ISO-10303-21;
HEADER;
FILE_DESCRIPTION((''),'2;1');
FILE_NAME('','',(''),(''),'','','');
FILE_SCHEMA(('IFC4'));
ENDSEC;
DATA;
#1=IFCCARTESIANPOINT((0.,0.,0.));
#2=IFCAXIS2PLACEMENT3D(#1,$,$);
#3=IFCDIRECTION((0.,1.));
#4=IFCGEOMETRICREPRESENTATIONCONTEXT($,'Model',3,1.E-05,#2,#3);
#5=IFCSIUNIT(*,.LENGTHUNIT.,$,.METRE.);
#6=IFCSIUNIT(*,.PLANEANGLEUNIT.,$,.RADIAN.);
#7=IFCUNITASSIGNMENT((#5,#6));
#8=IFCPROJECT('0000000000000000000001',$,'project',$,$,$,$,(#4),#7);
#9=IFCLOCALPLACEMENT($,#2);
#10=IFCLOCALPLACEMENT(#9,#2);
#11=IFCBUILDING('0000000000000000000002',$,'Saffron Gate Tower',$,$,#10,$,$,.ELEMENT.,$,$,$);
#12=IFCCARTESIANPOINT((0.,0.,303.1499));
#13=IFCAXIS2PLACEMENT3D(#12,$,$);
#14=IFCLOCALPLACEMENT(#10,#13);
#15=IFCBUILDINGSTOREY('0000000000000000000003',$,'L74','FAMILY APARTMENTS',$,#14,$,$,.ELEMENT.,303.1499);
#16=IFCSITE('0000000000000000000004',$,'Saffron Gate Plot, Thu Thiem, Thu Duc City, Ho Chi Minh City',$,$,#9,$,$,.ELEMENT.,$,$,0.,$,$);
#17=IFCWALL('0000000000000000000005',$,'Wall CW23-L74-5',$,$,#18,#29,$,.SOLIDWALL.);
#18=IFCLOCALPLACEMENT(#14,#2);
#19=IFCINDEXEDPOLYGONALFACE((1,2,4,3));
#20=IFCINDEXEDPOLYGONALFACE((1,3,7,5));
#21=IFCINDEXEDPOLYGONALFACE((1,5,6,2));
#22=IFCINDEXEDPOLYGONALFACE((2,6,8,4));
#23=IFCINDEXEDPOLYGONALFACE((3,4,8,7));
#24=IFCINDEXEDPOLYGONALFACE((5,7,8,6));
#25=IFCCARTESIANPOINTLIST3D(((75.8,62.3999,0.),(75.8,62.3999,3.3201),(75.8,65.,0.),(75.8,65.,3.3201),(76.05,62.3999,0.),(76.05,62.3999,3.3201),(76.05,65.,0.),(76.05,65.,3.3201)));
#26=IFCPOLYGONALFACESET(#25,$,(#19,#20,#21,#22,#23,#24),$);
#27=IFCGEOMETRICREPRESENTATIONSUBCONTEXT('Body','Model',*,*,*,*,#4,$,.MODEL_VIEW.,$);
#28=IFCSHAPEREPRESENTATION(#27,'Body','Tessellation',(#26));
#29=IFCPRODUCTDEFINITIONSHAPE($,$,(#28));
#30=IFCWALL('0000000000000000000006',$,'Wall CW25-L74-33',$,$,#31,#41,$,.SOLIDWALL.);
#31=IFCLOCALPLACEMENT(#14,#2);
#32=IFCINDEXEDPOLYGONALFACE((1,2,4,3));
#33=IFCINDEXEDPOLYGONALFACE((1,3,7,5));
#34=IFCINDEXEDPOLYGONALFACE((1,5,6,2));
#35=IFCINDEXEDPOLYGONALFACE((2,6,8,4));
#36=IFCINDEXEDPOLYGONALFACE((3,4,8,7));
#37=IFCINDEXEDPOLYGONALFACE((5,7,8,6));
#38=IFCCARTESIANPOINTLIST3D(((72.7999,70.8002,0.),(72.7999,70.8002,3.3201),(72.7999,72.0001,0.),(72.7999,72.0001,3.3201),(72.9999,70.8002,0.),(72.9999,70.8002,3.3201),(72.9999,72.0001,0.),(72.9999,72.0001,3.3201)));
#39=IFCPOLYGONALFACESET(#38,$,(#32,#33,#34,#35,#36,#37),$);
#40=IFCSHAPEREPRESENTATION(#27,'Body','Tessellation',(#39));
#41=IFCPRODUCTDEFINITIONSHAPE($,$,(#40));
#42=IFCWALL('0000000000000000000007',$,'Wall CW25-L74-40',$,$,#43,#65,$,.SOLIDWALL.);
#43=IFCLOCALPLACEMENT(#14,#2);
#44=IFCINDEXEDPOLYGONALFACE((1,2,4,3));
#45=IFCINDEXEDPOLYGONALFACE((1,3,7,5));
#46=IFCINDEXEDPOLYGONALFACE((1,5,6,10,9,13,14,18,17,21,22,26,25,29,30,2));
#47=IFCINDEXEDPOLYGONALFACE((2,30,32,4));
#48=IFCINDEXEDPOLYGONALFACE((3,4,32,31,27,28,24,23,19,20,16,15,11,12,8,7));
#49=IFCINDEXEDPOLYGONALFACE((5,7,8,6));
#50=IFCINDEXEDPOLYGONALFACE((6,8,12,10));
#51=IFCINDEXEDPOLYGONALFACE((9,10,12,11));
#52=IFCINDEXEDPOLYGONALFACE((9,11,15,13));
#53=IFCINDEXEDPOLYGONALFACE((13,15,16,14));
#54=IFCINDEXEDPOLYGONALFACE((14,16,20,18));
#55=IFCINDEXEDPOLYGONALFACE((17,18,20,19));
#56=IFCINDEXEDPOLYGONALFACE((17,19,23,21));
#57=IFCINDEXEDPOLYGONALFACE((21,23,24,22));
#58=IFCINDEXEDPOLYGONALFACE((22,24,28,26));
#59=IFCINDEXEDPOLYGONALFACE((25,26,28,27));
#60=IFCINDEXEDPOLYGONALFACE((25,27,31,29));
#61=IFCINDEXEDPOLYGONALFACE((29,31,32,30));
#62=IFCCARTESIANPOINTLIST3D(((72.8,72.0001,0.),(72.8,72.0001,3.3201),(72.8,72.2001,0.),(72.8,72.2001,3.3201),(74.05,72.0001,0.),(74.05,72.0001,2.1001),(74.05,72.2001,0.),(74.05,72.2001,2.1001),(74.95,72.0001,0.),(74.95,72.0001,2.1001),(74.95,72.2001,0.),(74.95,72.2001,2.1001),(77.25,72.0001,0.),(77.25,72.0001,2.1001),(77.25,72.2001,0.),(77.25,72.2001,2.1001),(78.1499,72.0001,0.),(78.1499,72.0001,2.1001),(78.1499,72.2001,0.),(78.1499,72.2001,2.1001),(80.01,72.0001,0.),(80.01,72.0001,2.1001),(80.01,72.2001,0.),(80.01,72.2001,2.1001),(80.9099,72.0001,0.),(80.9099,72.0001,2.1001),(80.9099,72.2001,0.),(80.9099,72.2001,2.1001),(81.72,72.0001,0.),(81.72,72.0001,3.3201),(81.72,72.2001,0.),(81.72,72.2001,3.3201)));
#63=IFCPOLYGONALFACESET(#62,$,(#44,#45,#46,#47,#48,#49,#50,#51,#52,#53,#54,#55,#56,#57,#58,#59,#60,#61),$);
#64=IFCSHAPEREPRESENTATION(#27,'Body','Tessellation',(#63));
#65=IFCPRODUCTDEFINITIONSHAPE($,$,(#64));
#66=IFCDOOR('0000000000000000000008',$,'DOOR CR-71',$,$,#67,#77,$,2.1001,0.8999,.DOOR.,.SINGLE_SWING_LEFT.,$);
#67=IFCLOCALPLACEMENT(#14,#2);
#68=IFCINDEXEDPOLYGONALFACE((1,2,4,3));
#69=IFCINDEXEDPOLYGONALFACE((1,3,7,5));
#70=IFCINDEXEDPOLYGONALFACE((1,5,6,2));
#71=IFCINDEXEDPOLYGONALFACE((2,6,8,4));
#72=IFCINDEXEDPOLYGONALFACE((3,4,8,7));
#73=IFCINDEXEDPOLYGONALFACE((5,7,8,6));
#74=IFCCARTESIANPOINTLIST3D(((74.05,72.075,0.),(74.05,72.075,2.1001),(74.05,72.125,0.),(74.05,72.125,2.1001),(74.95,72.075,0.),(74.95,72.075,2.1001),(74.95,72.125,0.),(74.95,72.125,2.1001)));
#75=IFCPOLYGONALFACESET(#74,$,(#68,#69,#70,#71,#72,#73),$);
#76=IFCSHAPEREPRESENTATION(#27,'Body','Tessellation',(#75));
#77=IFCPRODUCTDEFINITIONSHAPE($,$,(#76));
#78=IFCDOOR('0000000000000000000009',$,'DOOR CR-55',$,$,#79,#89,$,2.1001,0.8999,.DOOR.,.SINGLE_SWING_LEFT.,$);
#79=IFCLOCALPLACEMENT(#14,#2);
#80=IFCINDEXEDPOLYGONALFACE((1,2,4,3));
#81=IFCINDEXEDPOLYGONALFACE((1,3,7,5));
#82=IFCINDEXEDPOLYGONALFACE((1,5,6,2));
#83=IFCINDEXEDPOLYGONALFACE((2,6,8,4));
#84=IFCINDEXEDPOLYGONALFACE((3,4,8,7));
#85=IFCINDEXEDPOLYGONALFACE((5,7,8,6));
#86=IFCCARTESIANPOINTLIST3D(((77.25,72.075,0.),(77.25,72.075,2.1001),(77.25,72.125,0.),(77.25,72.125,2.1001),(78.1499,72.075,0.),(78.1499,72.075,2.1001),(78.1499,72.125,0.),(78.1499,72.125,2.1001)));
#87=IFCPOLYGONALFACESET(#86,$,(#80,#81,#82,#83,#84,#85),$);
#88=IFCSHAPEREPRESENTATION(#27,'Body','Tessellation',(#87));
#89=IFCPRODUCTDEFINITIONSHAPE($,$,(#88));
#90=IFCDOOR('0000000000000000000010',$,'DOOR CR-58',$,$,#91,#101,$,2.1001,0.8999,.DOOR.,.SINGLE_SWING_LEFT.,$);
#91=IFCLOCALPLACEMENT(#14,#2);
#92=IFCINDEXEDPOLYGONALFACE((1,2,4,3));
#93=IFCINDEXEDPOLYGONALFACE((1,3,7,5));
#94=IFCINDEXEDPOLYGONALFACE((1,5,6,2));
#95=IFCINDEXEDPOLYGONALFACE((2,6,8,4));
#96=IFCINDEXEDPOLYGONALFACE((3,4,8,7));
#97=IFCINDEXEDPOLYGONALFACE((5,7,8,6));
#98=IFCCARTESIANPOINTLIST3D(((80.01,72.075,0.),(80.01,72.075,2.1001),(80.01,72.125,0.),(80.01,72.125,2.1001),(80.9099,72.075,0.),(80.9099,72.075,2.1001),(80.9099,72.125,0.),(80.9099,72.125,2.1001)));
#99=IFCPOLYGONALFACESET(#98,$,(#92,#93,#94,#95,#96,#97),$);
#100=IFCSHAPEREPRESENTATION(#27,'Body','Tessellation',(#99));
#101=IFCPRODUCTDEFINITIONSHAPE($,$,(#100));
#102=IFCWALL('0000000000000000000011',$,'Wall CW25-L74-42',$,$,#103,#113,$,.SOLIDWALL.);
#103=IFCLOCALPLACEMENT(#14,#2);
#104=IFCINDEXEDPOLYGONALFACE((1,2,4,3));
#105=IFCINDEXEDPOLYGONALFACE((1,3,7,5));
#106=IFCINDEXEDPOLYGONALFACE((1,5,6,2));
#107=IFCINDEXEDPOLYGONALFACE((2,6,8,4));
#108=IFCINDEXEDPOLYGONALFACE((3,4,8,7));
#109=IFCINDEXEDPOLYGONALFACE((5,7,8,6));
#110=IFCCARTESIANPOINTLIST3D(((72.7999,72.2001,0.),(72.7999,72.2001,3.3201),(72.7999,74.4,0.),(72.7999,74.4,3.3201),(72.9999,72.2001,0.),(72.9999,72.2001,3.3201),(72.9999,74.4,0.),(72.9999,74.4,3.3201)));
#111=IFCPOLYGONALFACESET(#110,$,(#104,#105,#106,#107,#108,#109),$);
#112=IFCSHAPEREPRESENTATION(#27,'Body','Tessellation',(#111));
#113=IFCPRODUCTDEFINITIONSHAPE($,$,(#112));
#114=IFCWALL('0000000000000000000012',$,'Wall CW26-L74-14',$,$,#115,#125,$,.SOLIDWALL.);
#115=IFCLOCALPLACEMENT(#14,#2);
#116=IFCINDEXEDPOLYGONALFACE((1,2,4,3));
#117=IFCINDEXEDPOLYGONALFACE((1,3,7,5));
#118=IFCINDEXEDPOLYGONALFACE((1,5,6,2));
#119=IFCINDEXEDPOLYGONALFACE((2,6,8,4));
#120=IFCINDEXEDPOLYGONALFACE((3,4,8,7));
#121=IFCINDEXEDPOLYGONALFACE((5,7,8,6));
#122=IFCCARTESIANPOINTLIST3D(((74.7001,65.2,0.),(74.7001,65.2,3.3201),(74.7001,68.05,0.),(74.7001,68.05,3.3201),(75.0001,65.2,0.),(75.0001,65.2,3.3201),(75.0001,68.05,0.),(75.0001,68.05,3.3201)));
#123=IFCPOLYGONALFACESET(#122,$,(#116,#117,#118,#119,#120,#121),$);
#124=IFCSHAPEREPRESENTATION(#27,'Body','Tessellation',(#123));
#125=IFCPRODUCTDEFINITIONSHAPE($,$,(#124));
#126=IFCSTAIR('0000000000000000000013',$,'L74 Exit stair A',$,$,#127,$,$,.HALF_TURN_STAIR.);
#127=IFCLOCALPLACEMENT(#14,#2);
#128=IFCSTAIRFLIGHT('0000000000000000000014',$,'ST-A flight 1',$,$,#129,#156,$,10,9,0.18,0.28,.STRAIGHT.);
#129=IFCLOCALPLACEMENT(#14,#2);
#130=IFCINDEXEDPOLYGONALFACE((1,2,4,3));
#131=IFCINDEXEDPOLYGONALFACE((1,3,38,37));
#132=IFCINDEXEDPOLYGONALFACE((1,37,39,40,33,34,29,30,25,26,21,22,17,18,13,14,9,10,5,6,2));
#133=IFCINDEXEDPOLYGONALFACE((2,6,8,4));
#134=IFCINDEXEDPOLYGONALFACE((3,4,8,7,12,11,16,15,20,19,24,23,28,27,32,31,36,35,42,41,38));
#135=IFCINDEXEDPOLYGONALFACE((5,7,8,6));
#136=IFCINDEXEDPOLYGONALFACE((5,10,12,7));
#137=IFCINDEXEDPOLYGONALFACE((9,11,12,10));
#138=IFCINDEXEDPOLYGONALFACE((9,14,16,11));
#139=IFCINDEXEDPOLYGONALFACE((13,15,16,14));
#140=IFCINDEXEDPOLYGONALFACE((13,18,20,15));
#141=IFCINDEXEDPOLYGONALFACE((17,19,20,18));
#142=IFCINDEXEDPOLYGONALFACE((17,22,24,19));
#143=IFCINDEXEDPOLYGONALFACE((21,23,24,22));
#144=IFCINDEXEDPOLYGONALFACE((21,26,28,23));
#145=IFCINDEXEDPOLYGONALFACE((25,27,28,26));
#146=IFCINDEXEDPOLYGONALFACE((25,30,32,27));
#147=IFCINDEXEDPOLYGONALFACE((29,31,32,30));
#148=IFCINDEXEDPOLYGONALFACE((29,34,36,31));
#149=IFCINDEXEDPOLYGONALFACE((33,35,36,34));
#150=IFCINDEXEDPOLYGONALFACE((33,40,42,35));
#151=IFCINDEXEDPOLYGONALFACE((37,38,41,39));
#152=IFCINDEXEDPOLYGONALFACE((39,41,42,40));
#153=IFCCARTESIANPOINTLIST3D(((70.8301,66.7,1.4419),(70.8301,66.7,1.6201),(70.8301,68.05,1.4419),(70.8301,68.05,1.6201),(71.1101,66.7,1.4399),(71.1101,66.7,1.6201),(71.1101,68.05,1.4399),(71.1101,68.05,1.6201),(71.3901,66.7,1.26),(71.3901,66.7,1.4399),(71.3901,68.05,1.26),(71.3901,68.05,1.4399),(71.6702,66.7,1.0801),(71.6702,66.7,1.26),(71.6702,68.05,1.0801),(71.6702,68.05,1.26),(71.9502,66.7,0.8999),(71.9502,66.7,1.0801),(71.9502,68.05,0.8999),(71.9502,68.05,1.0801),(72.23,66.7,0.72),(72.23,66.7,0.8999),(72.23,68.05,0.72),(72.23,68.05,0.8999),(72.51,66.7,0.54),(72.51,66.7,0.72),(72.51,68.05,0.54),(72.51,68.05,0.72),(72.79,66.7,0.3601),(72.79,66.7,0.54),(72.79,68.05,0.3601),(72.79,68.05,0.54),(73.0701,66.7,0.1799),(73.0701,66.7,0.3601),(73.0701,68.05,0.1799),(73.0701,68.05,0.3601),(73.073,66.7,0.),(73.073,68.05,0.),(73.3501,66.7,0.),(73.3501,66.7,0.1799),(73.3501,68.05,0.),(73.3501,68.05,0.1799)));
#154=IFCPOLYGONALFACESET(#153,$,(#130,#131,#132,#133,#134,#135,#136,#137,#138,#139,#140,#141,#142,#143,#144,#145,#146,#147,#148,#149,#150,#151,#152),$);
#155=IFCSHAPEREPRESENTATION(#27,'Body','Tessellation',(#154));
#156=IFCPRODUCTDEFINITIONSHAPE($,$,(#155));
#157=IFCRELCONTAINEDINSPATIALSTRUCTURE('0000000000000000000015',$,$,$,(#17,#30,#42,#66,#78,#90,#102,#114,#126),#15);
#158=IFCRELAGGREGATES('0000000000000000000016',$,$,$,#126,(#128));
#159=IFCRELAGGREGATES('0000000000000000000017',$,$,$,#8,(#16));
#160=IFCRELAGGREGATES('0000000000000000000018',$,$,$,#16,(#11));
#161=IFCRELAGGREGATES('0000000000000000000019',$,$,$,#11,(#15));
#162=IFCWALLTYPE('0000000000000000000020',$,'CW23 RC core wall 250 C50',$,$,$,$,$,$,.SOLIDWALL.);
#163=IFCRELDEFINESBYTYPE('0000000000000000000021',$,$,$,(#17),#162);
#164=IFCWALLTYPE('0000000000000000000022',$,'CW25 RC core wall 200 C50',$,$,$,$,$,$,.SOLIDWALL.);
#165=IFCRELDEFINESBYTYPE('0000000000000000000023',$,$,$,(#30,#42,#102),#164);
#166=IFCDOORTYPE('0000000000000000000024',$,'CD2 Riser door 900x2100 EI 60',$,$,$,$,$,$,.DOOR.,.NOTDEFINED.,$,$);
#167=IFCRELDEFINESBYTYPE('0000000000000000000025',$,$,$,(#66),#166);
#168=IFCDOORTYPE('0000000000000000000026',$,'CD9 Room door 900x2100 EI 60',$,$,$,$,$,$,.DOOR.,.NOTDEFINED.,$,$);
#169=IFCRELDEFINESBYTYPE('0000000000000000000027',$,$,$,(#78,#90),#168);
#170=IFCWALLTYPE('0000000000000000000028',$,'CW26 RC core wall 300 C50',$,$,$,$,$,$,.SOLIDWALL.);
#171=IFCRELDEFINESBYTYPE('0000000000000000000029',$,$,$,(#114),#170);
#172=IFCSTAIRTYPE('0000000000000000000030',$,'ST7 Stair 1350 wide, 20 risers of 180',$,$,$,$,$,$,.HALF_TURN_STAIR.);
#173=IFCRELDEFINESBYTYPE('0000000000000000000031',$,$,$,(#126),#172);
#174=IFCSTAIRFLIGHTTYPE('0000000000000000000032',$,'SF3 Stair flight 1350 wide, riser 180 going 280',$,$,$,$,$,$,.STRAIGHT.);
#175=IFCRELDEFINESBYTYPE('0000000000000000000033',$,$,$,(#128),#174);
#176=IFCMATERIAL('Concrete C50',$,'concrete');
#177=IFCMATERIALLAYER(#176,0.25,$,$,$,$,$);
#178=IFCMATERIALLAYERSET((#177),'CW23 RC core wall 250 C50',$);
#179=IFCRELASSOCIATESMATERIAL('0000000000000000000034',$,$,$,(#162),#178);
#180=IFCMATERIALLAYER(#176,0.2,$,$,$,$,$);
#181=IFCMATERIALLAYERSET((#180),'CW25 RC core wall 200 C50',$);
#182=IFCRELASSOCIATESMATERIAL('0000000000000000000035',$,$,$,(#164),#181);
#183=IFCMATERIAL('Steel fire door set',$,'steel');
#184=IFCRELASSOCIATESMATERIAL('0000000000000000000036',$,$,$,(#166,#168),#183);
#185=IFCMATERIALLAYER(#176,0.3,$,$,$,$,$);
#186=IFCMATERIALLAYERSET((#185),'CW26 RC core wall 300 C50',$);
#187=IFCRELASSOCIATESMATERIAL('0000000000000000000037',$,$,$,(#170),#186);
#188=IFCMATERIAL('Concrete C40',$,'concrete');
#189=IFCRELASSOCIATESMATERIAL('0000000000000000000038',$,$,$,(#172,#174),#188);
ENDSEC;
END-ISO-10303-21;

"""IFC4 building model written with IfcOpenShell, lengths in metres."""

from ifc_helpers import new_model, si_unit, direction, frame, frame_2d, origin, place, context, subcontext, project, spatial, polyline, rectangle, outline, extrude, material, layer, layer_set, type_object, element, fill, aggregate, save


model = new_model("IFC4")

# Units and contexts
model_context = context("Model", 3, precision=1e-05, world=origin(), true_north=direction((0.0, 1.0)))
body_context = subcontext(model_context, "Body", "Model", "MODEL_VIEW")
ifc_project = project(units=[si_unit("LENGTHUNIT", "METRE"), si_unit("PLANEANGLEUNIT", "RADIAN")], contexts=[model_context])

# Site, building, storey
site_placement = place(None, origin())
site = spatial("IfcSite", under=ifc_project, at=site_placement, Name="Saffron Gate Plot, Thu Thiem, Thu Duc City, Ho Chi Minh City", CompositionType="ELEMENT", RefElevation=0.0)
building_placement = place(site_placement, origin())
building = spatial("IfcBuilding", under=site, at=building_placement, Name="Saffron Gate Tower", CompositionType="ELEMENT")
storey_placement = place(building_placement, frame((0.0, 0.0, 303.1499)))
storey = spatial("IfcBuildingStorey", under=building, at=storey_placement, Name="L74", Description="FAMILY APARTMENTS", CompositionType="ELEMENT", Elevation=303.1499)

# Walls
ifc_material_1 = material(Name="Concrete C50", Category="concrete")
ifc_layer_1 = layer(ifc_material_1, 0.25)
ifc_layer_set_1 = layer_set([ifc_layer_1], Name="CW23 RC core wall 250 C50")
wall_type_1 = type_object("IfcWallType", Name="CW23 RC core wall 250 C50", PredefinedType="SOLIDWALL", material=ifc_layer_set_1)
wall_1_placement = place(storey_placement, frame((75.925, 62.3999, 0.0), z_axis=(0.0, 0.0, 1.0), x_axis=(0.0, 1.0, 0.0)))
element("IfcWall", 1, at=wall_1_placement, inside=storey, type_object=wall_type_1, Name="Wall CW23-L74-5", PredefinedType="SOLIDWALL", context=body_context, shape_type="SweptSolid", body=[
    extrude(rectangle(XDim=2.6001, YDim=0.25, at=frame_2d((1.3, 0.0))), origin(), (0.0, 0.0, 1.0), 3.3201),
])
ifc_layer_2 = layer(ifc_material_1, 0.2)
ifc_layer_set_2 = layer_set([ifc_layer_2], Name="CW25 RC core wall 200 C50")
wall_type_2 = type_object("IfcWallType", Name="CW25 RC core wall 200 C50", PredefinedType="SOLIDWALL", material=ifc_layer_set_2)
wall_2_placement = place(storey_placement, frame((72.8999, 70.8, 0.0), z_axis=(0.0, 0.0, 1.0), x_axis=(0.0, 1.0, 0.0)))
element("IfcWall", 2, at=wall_2_placement, inside=storey, type_object=wall_type_2, Name="Wall CW25-L74-33", PredefinedType="SOLIDWALL", context=body_context, shape_type="SweptSolid", body=[
    extrude(rectangle(XDim=1.2, YDim=0.2, at=frame_2d((0.6001, 0.0))), origin(), (0.0, 0.0, 1.0), 3.3201),
])

# Wall, openings, doors
wall_3_placement = place(storey_placement, frame((72.8, 72.1001, 0.0), z_axis=(0.0, 0.0, 1.0), x_axis=(1.0, 0.0, 0.0)))
wall_3 = element("IfcWall", 3, at=wall_3_placement, inside=storey, type_object=wall_type_2, Name="Wall CW25-L74-40", PredefinedType="SOLIDWALL", context=body_context, shape_type="SweptSolid", body=[
    extrude(rectangle(XDim=8.9199, YDim=0.2, at=frame_2d((4.46, 0.0))), origin(), (0.0, 0.0, 1.0), 3.3201),
])
opening_1_placement = place(wall_3_placement, frame((1.25, 0.0, 0.0)))
opening_1 = element("IfcOpeningElement", 4, at=opening_1_placement, cuts=wall_3, PredefinedType="OPENING", context=body_context, shape_type="SweptSolid", body=[
    extrude(rectangle(XDim=0.8999, YDim=2.1001, at=frame_2d((0.45, 1.05))), frame((0.0, 0.1099, 0.0), z_axis=(0.0, -1.0, 0.0), x_axis=(1.0, 0.0, 0.0)), (0.0, 0.0, 1.0), 0.22),
])
opening_2_placement = place(wall_3_placement, frame((4.45, 0.0, 0.0)))
opening_2 = element("IfcOpeningElement", 5, at=opening_2_placement, cuts=wall_3, PredefinedType="OPENING", context=body_context, shape_type="SweptSolid", body=[
    extrude(rectangle(XDim=0.8999, YDim=2.1001, at=frame_2d((0.45, 1.05))), frame((0.0, 0.1099, 0.0), z_axis=(0.0, -1.0, 0.0), x_axis=(1.0, 0.0, 0.0)), (0.0, 0.0, 1.0), 0.22),
])
opening_3_placement = place(wall_3_placement, frame((7.21, 0.0, 0.0)))
opening_3 = element("IfcOpeningElement", 6, at=opening_3_placement, cuts=wall_3, PredefinedType="OPENING", context=body_context, shape_type="SweptSolid", body=[
    extrude(rectangle(XDim=0.8999, YDim=2.1001, at=frame_2d((0.45, 1.05))), frame((0.0, 0.1099, 0.0), z_axis=(0.0, -1.0, 0.0), x_axis=(1.0, 0.0, 0.0)), (0.0, 0.0, 1.0), 0.22),
])
ifc_material_2 = material(Name="Steel fire door set", Category="steel")
door_type_1 = type_object("IfcDoorType", Name="CD2 Riser door 900x2100 EI 60", OperationType="NOTDEFINED", PredefinedType="DOOR", material=ifc_material_2)
door_1_placement = place(opening_1_placement, origin())
door_1 = element("IfcDoor", 7, at=door_1_placement, inside=storey, type_object=door_type_1, Name="DOOR CR-71", OperationType="SINGLE_SWING_LEFT", OverallHeight=2.1001, OverallWidth=0.8999, PredefinedType="DOOR", context=body_context, shape_type="SweptSolid", body=[
    extrude(rectangle(XDim=0.8999, YDim=2.1001, at=frame_2d((0.45, 1.05))), frame((0.0, 0.0249, 0.0), z_axis=(0.0, -1.0, 0.0), x_axis=(1.0, 0.0, 0.0)), (0.0, 0.0, 1.0), 0.05),
])
fill(opening_1, door_1)
door_type_2 = type_object("IfcDoorType", Name="CD9 Room door 900x2100 EI 60", OperationType="NOTDEFINED", PredefinedType="DOOR", material=ifc_material_2)
door_2_placement = place(opening_2_placement, origin())
door_2 = element("IfcDoor", 8, at=door_2_placement, inside=storey, type_object=door_type_2, Name="DOOR CR-55", OperationType="SINGLE_SWING_LEFT", OverallHeight=2.1001, OverallWidth=0.8999, PredefinedType="DOOR", context=body_context, shape_type="SweptSolid", body=[
    extrude(rectangle(XDim=0.8999, YDim=2.1001, at=frame_2d((0.45, 1.05))), frame((0.0, 0.0249, 0.0), z_axis=(0.0, -1.0, 0.0), x_axis=(1.0, 0.0, 0.0)), (0.0, 0.0, 1.0), 0.05),
])
fill(opening_2, door_2)
door_3_placement = place(opening_3_placement, origin())
door_3 = element("IfcDoor", 9, at=door_3_placement, inside=storey, type_object=door_type_2, Name="DOOR CR-58", OperationType="SINGLE_SWING_LEFT", OverallHeight=2.1001, OverallWidth=0.8999, PredefinedType="DOOR", context=body_context, shape_type="SweptSolid", body=[
    extrude(rectangle(XDim=0.8999, YDim=2.1001, at=frame_2d((0.45, 1.05))), frame((0.0, 0.0249, 0.0), z_axis=(0.0, -1.0, 0.0), x_axis=(1.0, 0.0, 0.0)), (0.0, 0.0, 1.0), 0.05),
])
fill(opening_3, door_3)

# Walls
wall_4_placement = place(storey_placement, frame((72.8999, 72.2, 0.0), z_axis=(0.0, 0.0, 1.0), x_axis=(0.0, 1.0, 0.0)))
element("IfcWall", 10, at=wall_4_placement, inside=storey, type_object=wall_type_2, Name="Wall CW25-L74-42", PredefinedType="SOLIDWALL", context=body_context, shape_type="SweptSolid", body=[
    extrude(rectangle(XDim=2.2, YDim=0.2, at=frame_2d((1.1001, 0.0))), origin(), (0.0, 0.0, 1.0), 3.3201),
])
ifc_layer_3 = layer(ifc_material_1, 0.3)
ifc_layer_set_3 = layer_set([ifc_layer_3], Name="CW26 RC core wall 300 C50")
wall_type_3 = type_object("IfcWallType", Name="CW26 RC core wall 300 C50", PredefinedType="SOLIDWALL", material=ifc_layer_set_3)
wall_5_placement = place(storey_placement, frame((74.8501, 65.2, 0.0), z_axis=(0.0, 0.0, 1.0), x_axis=(0.0, 1.0, 0.0)))
element("IfcWall", 11, at=wall_5_placement, inside=storey, type_object=wall_type_3, Name="Wall CW26-L74-14", PredefinedType="SOLIDWALL", context=body_context, shape_type="SweptSolid", body=[
    extrude(rectangle(XDim=2.8501, YDim=0.3, at=frame_2d((1.425, 0.0))), origin(), (0.0, 0.0, 1.0), 3.3201),
])

# Stair, stair flight
ifc_material_3 = material(Name="Concrete C40", Category="concrete")
stair_type = type_object("IfcStairType", Name="ST7 Stair 1350 wide, 20 risers of 180", PredefinedType="HALF_TURN_STAIR", material=ifc_material_3)
stair_placement = place(storey_placement, origin())
stair = element("IfcStair", 12, at=stair_placement, inside=storey, type_object=stair_type, Name="L74 Exit stair A", PredefinedType="HALF_TURN_STAIR")
stair_flight_type = type_object("IfcStairFlightType", Name="SF3 Stair flight 1350 wide, riser 180 going 280", PredefinedType="STRAIGHT", material=ifc_material_3)
stair_flight_1_placement = place(storey_placement, frame((73.3501, 67.375, 0.0), z_axis=(0.0, 0.0, 1.0), x_axis=(-1.0, 0.0, 0.0)))
stair_flight_1 = element("IfcStairFlight", 13, at=stair_flight_1_placement, type_object=stair_flight_type, Name="ST-A flight 1", NumberOfRisers=10, NumberOfTreads=9, PredefinedType="STRAIGHT", RiserHeight=0.18, TreadLength=0.28, context=body_context, shape_type="SweptSolid", body=[
    extrude(outline(polyline([(0.0, 0.0), (0.0, 0.1799), (0.28, 0.1799), (0.28, 0.3601), (0.5601, 0.3601), (0.5601, 0.54), (0.8401, 0.54), (0.8401, 0.72), (1.1201, 0.72), (1.1201, 0.8999), (1.3999, 0.8999), (1.3999, 1.0801), (1.6799, 1.0801), (1.6799, 1.26), (1.96, 1.26), (1.96, 1.4399), (2.24, 1.4399), (2.24, 1.6201), (2.52, 1.6201), (2.52, 1.8), (2.52, 1.4419), (0.2771, 0.0), (0.0, 0.0)])), frame((0.0, 0.675, 0.0), z_axis=(0.0, -1.0, 0.0), x_axis=(1.0, 0.0, 0.0)), (0.0, 0.0, 1.0), 1.3501),
])
aggregate(stair, [stair_flight_1])

save(model, "model.ifc")
